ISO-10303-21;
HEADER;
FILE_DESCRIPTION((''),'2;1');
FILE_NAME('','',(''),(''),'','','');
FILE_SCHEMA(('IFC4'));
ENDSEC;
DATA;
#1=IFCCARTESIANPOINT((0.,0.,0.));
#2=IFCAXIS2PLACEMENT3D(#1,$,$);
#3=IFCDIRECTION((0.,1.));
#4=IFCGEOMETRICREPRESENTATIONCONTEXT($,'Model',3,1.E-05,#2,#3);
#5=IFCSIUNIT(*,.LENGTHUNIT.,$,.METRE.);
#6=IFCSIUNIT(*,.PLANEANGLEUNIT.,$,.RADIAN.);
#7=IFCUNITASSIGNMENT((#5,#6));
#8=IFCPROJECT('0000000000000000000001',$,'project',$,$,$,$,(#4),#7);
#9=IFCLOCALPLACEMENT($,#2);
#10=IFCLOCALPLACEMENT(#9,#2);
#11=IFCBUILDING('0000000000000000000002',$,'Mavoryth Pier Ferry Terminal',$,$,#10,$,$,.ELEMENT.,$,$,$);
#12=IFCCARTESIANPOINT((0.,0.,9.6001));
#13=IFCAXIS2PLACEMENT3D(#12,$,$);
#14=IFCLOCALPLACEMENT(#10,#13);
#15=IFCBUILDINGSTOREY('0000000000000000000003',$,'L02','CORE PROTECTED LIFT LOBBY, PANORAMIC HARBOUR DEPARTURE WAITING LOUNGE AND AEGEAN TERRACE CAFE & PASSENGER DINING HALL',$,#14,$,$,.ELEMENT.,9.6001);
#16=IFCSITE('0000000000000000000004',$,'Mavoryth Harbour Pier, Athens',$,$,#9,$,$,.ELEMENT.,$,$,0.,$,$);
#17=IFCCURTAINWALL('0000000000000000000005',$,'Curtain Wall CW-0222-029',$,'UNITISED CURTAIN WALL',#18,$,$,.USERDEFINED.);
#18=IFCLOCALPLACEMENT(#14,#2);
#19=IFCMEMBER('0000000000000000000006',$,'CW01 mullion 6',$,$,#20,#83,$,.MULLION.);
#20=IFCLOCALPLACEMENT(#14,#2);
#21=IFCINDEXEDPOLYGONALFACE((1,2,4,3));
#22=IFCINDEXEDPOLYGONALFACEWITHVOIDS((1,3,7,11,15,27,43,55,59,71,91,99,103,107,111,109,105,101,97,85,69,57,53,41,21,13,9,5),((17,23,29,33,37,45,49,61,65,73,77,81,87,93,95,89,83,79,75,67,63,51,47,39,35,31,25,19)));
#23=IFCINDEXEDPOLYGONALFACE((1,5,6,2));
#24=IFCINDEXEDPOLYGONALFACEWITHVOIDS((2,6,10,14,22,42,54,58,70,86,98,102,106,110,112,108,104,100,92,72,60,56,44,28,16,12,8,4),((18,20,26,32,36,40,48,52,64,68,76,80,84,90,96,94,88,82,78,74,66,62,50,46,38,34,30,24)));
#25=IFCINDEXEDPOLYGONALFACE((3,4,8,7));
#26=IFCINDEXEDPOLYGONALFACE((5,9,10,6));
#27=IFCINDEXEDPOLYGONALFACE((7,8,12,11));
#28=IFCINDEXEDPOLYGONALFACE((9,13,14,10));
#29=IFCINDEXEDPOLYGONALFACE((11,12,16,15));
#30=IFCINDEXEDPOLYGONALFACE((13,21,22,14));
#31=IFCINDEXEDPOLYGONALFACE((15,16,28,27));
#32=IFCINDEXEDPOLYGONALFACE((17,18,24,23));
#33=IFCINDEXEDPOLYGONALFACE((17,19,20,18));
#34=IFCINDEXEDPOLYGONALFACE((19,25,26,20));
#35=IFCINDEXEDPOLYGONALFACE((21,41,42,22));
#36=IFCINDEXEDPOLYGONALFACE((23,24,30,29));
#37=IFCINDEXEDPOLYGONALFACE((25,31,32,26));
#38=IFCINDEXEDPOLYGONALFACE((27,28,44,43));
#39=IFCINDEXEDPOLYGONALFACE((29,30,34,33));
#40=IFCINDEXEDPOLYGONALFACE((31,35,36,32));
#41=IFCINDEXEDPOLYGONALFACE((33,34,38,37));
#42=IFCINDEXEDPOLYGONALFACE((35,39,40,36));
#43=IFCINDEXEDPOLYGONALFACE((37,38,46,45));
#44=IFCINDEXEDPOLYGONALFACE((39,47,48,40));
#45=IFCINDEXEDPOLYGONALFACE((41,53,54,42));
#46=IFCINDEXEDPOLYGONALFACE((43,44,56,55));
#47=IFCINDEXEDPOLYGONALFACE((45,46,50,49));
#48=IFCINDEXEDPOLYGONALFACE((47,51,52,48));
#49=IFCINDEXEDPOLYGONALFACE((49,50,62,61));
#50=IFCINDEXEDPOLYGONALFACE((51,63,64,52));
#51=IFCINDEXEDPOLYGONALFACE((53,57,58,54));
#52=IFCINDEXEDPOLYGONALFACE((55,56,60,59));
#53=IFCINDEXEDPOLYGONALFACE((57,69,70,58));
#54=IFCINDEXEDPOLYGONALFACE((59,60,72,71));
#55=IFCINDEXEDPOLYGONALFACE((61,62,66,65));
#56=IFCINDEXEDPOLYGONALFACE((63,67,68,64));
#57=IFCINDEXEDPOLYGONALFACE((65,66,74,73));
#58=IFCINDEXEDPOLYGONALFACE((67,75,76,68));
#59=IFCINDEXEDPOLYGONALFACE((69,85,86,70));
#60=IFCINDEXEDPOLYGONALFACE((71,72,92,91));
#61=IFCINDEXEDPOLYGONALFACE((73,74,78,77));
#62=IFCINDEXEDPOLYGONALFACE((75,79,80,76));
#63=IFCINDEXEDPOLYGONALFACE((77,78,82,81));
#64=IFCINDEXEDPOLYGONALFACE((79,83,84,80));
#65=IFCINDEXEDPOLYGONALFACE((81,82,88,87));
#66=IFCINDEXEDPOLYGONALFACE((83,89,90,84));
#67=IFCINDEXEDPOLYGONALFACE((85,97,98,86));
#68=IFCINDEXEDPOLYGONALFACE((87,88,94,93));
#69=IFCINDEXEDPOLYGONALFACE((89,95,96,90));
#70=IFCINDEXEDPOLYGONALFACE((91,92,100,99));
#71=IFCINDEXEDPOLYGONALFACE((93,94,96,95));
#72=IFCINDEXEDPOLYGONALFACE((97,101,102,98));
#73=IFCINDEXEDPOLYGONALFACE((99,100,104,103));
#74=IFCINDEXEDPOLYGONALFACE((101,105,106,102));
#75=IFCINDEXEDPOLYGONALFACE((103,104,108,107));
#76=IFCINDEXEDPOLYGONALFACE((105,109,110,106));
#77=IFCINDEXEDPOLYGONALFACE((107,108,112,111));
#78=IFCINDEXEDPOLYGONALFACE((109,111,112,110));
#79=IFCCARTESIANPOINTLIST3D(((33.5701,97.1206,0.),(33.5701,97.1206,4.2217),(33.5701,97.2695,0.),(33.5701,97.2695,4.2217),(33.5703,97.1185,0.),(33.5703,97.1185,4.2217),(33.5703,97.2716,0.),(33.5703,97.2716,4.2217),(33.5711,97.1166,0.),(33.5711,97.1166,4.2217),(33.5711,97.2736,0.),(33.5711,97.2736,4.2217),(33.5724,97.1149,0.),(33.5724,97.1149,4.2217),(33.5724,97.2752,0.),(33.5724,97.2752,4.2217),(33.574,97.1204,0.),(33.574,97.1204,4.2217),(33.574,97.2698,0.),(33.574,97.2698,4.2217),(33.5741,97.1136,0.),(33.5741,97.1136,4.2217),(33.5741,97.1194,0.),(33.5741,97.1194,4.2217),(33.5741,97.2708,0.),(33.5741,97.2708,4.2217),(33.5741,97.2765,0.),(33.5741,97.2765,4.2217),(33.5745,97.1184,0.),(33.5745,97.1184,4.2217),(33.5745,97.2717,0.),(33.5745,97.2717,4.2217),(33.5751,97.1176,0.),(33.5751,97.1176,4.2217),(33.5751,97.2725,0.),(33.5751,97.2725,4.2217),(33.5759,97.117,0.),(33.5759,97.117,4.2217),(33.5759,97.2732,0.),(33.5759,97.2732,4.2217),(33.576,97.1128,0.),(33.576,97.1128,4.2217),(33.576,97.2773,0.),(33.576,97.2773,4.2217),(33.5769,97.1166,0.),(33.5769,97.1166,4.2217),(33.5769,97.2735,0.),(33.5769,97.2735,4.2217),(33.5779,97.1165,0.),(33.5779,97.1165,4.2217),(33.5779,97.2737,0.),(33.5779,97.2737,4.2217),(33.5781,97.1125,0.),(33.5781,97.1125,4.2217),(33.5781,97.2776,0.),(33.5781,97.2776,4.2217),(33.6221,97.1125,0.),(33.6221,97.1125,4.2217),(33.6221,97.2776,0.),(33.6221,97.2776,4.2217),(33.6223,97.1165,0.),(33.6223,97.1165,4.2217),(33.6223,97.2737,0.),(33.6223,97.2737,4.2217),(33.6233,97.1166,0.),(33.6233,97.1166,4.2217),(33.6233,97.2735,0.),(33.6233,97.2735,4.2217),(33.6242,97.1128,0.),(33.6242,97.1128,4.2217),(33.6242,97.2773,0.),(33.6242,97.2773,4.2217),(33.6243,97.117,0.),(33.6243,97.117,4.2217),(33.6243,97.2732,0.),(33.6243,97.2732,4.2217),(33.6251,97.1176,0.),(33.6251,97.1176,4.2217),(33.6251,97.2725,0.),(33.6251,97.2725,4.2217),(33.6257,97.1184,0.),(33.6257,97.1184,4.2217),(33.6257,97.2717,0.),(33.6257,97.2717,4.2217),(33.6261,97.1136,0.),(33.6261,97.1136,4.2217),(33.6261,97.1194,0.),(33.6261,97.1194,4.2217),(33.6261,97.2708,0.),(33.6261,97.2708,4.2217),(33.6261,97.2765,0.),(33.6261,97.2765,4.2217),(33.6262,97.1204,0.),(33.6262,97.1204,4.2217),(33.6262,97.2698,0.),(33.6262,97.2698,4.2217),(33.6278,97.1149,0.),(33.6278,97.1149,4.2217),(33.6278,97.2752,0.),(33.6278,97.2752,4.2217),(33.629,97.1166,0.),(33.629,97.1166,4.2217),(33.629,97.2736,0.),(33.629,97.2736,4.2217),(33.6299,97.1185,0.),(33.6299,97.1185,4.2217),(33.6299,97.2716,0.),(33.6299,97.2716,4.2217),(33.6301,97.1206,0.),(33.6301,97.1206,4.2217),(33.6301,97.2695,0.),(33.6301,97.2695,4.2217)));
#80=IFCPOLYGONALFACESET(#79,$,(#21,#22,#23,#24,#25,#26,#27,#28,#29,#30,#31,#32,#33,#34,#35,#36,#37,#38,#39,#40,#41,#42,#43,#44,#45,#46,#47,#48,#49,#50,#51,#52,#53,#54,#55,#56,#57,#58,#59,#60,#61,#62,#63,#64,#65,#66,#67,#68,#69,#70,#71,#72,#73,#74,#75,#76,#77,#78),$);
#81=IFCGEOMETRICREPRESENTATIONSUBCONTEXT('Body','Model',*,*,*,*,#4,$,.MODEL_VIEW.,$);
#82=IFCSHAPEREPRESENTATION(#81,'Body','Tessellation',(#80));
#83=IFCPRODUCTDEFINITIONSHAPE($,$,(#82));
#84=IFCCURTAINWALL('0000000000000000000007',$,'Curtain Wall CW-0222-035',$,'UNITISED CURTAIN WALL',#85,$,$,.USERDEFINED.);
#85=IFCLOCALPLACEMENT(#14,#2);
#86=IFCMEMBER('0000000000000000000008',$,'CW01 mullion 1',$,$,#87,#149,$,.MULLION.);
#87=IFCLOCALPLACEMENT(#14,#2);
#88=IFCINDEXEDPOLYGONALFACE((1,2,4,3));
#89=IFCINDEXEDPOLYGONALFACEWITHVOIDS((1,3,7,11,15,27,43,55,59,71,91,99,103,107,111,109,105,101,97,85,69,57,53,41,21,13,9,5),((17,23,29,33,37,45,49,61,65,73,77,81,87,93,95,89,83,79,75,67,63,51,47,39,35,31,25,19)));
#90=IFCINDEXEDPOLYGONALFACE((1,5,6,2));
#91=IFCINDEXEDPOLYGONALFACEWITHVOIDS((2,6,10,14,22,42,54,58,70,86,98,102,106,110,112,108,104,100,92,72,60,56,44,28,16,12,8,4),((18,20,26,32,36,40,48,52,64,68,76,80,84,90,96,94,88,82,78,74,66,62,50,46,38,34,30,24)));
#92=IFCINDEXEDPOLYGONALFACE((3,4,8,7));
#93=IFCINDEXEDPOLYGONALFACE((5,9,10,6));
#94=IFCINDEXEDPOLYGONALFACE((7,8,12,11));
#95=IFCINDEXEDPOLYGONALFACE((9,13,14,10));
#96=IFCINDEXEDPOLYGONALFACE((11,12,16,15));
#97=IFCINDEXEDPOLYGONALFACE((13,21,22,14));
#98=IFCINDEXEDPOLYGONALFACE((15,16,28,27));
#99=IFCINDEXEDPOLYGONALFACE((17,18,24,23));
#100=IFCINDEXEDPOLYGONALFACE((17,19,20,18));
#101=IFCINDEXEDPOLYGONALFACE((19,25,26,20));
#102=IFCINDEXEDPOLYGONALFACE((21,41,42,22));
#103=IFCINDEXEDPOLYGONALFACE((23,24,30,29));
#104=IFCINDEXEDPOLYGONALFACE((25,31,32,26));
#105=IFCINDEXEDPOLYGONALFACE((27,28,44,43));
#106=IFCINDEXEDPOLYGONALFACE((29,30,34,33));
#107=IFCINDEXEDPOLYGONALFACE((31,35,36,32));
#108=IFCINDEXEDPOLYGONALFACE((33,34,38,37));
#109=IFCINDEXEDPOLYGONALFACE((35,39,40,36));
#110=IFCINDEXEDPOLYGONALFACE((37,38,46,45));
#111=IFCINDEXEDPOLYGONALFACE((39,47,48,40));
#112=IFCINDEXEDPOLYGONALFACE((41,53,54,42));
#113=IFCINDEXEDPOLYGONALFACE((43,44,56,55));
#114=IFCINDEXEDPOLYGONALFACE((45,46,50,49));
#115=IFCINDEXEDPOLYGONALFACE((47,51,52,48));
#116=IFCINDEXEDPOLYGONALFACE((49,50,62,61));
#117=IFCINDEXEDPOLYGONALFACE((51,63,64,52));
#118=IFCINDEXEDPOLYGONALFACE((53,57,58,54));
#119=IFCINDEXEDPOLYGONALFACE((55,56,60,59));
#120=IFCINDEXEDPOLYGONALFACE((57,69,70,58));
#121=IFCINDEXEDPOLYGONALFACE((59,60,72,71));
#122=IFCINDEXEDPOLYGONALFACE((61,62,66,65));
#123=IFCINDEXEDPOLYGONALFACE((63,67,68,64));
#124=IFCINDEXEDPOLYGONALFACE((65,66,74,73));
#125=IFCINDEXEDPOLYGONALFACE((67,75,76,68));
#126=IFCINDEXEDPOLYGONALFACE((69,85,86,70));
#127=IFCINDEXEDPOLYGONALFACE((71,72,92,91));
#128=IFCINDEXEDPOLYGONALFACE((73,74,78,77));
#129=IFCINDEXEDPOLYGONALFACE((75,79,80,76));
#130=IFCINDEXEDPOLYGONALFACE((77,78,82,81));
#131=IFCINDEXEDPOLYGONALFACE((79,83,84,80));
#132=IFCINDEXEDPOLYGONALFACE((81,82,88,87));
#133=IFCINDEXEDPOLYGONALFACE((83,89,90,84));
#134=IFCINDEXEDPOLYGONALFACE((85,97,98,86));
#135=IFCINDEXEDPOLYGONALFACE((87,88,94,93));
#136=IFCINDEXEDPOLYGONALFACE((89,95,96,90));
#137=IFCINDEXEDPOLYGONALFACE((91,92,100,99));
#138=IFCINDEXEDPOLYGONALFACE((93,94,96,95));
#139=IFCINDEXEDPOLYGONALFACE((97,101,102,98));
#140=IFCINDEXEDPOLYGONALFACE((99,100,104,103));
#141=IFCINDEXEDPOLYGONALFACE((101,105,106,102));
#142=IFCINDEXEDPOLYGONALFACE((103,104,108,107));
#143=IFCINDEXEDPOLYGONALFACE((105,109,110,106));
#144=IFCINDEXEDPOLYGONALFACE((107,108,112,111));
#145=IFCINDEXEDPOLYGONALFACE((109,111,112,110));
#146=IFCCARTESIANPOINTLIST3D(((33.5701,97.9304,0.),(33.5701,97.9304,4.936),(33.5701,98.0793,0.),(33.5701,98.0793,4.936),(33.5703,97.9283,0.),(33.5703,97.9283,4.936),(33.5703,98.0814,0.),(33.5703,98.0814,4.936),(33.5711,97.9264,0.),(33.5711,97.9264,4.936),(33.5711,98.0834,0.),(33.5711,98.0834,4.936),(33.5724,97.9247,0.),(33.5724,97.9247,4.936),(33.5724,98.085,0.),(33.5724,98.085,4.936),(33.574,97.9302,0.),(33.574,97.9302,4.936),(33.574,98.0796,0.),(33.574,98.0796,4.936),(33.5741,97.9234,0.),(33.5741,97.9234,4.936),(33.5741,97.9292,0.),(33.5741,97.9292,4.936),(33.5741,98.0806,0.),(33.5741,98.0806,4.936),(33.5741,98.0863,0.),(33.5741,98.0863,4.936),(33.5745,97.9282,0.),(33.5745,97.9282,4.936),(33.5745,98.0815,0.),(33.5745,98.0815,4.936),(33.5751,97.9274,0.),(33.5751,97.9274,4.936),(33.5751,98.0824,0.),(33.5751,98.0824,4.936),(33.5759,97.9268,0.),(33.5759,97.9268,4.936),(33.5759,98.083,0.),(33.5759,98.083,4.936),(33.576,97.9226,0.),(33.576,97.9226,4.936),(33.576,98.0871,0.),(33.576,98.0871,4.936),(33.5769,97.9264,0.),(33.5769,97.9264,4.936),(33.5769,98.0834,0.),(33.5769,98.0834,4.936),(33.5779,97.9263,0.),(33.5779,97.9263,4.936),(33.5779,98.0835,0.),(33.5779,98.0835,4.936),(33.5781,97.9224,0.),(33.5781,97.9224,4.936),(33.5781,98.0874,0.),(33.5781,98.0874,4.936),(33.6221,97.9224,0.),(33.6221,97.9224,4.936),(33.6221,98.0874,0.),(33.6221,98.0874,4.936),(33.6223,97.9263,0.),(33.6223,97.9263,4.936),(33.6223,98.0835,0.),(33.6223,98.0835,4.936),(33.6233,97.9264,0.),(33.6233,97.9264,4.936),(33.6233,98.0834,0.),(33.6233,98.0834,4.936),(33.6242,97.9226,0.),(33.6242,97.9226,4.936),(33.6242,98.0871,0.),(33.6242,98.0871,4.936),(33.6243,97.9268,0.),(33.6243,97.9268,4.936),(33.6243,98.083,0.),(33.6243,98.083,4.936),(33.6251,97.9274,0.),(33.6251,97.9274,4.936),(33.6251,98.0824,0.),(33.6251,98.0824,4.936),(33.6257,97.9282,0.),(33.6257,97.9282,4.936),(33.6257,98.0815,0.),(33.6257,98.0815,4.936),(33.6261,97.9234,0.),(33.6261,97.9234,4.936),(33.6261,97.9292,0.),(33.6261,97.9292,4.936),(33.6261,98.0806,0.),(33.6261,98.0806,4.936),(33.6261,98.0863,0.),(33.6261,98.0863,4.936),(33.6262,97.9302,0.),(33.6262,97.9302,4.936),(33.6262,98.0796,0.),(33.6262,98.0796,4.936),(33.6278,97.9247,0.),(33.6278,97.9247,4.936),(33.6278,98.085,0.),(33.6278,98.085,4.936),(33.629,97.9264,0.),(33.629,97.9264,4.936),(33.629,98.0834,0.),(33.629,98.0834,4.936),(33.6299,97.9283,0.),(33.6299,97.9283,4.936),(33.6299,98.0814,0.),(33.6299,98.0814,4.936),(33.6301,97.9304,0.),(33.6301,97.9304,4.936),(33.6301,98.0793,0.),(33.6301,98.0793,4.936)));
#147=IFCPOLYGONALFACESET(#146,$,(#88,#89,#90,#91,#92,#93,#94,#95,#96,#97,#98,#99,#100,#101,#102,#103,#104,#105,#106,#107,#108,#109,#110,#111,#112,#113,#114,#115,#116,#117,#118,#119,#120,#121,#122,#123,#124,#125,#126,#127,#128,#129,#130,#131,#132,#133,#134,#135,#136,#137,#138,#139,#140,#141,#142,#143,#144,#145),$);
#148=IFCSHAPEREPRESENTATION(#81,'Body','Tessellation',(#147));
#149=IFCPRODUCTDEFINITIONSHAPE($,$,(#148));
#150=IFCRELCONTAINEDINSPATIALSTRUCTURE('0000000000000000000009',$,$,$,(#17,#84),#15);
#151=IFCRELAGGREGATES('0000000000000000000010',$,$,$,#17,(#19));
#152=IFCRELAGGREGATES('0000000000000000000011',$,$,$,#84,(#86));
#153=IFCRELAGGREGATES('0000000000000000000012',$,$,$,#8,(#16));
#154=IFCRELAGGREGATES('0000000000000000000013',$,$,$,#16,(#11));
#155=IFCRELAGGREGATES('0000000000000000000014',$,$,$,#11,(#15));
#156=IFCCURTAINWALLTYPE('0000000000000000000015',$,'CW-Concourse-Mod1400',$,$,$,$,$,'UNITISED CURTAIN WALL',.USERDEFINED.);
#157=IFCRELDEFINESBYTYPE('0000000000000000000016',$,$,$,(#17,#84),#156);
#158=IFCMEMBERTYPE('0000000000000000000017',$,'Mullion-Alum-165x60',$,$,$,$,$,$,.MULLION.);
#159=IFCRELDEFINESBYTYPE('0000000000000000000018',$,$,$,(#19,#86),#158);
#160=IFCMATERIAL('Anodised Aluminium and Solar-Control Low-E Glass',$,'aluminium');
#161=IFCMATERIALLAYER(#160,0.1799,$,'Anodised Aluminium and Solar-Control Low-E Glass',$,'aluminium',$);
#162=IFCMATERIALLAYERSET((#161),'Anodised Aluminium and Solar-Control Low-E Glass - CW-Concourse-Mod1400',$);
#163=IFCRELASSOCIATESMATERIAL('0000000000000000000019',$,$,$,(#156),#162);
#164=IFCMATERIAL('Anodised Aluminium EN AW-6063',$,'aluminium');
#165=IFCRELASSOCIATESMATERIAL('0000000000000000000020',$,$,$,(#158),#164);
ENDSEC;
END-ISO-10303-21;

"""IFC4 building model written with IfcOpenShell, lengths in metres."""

from ifc_helpers import new_model, si_unit, direction, frame, origin, origin_2d, place, context, subcontext, project, spatial, hollow_rectangle, extrude, material, layer, layer_set, material_profile, profile_set, type_object, element, aggregate, save


model = new_model("IFC4")

# Units and contexts
model_context = context("Model", 3, precision=1e-05, world=origin(), true_north=direction((0.0, 1.0)))
body_context = subcontext(model_context, "Body", "Model", "MODEL_VIEW")
ifc_project = project(units=[si_unit("LENGTHUNIT", "METRE"), si_unit("PLANEANGLEUNIT", "RADIAN")], contexts=[model_context])

# Site, building, storey
site_placement = place(None, origin())
site = spatial("IfcSite", under=ifc_project, at=site_placement, Name="Mavoryth Harbour Pier, Athens", CompositionType="ELEMENT", RefElevation=0.0)
building_placement = place(site_placement, origin())
building = spatial("IfcBuilding", under=site, at=building_placement, Name="Mavoryth Pier Ferry Terminal", CompositionType="ELEMENT")
storey_placement = place(building_placement, frame((0.0, 0.0, 9.6001)))
storey = spatial("IfcBuildingStorey", under=building, at=storey_placement, Name="L02", Description="CORE PROTECTED LIFT LOBBY, PANORAMIC HARBOUR DEPARTURE WAITING LOUNGE AND AEGEAN TERRACE CAFE & PASSENGER DINING HALL", CompositionType="ELEMENT", Elevation=9.6001)

# Curtain walls, members
ifc_material_1 = material(Name="Anodised Aluminium and Solar-Control Low-E Glass", Category="aluminium")
ifc_layer_1 = layer(ifc_material_1, 0.1799, Name="Anodised Aluminium and Solar-Control Low-E Glass", Category="aluminium")
ifc_layer_set_1 = layer_set([ifc_layer_1], Name="Anodised Aluminium and Solar-Control Low-E Glass - CW-Concourse-Mod1400")
curtain_wall_type = type_object("IfcCurtainWallType", Name="CW-Concourse-Mod1400", ElementType="UNITISED CURTAIN WALL", PredefinedType="USERDEFINED", material=ifc_layer_set_1)
curtain_wall_1_placement = place(storey_placement, origin())
curtain_wall_1 = element("IfcCurtainWall", 1, at=curtain_wall_1_placement, inside=storey, type_object=curtain_wall_type, Name="Curtain Wall CW-0222-029", ObjectType="UNITISED CURTAIN WALL", PredefinedType="USERDEFINED")
ifc_material_2 = material(Name="Anodised Aluminium EN AW-6063", Category="aluminium")
ifc_material_profile_1 = material_profile(ifc_material_2, hollow_rectangle(XDim=0.0601, YDim=0.165, WallThickness=0.0039, InnerFilletRadius=0.0039, OuterFilletRadius=0.0081, at=origin_2d()), Name="AL-MULL 165x60x4", Category="aluminium")
ifc_profile_set_1 = profile_set([ifc_material_profile_1], Name="Anodised Aluminium EN AW-6063 - AL-MULL 165x60x4")
member_type_1 = type_object("IfcMemberType", Name="Mullion-Alum-165x60", PredefinedType="MULLION", material=ifc_profile_set_1)
member_1_placement = place(storey_placement, frame((33.6001, 97.1951, 0.0), z_axis=(0.0, 0.0, 1.0), x_axis=(-1.0, 0.0, 0.0)))
member_1 = element("IfcMember", 2, at=member_1_placement, type_object=member_type_1, Name="CW01 mullion 6", PredefinedType="MULLION", context=body_context, shape_type="SweptSolid", body=[
    extrude(hollow_rectangle(XDim=0.0601, YDim=0.165, WallThickness=0.0039, InnerFilletRadius=0.0039, OuterFilletRadius=0.0081, at=origin_2d()), origin(), (0.0, 0.0, 1.0), 4.2217),
])
curtain_wall_2_placement = place(storey_placement, origin())
curtain_wall_2 = element("IfcCurtainWall", 3, at=curtain_wall_2_placement, inside=storey, type_object=curtain_wall_type, Name="Curtain Wall CW-0222-035", ObjectType="UNITISED CURTAIN WALL", PredefinedType="USERDEFINED")
member_2_placement = place(storey_placement, frame((33.6001, 98.0049, 0.0), z_axis=(0.0, 0.0, 1.0), x_axis=(-1.0, 0.0, 0.0)))
member_2 = element("IfcMember", 4, at=member_2_placement, type_object=member_type_1, Name="CW01 mullion 1", PredefinedType="MULLION", context=body_context, shape_type="SweptSolid", body=[
    extrude(hollow_rectangle(XDim=0.0601, YDim=0.165, WallThickness=0.0039, InnerFilletRadius=0.0039, OuterFilletRadius=0.0081, at=origin_2d()), origin(), (0.0, 0.0, 1.0), 4.936),
])

aggregate(curtain_wall_1, [member_1])
aggregate(curtain_wall_2, [member_2])

save(model, "model.ifc")
